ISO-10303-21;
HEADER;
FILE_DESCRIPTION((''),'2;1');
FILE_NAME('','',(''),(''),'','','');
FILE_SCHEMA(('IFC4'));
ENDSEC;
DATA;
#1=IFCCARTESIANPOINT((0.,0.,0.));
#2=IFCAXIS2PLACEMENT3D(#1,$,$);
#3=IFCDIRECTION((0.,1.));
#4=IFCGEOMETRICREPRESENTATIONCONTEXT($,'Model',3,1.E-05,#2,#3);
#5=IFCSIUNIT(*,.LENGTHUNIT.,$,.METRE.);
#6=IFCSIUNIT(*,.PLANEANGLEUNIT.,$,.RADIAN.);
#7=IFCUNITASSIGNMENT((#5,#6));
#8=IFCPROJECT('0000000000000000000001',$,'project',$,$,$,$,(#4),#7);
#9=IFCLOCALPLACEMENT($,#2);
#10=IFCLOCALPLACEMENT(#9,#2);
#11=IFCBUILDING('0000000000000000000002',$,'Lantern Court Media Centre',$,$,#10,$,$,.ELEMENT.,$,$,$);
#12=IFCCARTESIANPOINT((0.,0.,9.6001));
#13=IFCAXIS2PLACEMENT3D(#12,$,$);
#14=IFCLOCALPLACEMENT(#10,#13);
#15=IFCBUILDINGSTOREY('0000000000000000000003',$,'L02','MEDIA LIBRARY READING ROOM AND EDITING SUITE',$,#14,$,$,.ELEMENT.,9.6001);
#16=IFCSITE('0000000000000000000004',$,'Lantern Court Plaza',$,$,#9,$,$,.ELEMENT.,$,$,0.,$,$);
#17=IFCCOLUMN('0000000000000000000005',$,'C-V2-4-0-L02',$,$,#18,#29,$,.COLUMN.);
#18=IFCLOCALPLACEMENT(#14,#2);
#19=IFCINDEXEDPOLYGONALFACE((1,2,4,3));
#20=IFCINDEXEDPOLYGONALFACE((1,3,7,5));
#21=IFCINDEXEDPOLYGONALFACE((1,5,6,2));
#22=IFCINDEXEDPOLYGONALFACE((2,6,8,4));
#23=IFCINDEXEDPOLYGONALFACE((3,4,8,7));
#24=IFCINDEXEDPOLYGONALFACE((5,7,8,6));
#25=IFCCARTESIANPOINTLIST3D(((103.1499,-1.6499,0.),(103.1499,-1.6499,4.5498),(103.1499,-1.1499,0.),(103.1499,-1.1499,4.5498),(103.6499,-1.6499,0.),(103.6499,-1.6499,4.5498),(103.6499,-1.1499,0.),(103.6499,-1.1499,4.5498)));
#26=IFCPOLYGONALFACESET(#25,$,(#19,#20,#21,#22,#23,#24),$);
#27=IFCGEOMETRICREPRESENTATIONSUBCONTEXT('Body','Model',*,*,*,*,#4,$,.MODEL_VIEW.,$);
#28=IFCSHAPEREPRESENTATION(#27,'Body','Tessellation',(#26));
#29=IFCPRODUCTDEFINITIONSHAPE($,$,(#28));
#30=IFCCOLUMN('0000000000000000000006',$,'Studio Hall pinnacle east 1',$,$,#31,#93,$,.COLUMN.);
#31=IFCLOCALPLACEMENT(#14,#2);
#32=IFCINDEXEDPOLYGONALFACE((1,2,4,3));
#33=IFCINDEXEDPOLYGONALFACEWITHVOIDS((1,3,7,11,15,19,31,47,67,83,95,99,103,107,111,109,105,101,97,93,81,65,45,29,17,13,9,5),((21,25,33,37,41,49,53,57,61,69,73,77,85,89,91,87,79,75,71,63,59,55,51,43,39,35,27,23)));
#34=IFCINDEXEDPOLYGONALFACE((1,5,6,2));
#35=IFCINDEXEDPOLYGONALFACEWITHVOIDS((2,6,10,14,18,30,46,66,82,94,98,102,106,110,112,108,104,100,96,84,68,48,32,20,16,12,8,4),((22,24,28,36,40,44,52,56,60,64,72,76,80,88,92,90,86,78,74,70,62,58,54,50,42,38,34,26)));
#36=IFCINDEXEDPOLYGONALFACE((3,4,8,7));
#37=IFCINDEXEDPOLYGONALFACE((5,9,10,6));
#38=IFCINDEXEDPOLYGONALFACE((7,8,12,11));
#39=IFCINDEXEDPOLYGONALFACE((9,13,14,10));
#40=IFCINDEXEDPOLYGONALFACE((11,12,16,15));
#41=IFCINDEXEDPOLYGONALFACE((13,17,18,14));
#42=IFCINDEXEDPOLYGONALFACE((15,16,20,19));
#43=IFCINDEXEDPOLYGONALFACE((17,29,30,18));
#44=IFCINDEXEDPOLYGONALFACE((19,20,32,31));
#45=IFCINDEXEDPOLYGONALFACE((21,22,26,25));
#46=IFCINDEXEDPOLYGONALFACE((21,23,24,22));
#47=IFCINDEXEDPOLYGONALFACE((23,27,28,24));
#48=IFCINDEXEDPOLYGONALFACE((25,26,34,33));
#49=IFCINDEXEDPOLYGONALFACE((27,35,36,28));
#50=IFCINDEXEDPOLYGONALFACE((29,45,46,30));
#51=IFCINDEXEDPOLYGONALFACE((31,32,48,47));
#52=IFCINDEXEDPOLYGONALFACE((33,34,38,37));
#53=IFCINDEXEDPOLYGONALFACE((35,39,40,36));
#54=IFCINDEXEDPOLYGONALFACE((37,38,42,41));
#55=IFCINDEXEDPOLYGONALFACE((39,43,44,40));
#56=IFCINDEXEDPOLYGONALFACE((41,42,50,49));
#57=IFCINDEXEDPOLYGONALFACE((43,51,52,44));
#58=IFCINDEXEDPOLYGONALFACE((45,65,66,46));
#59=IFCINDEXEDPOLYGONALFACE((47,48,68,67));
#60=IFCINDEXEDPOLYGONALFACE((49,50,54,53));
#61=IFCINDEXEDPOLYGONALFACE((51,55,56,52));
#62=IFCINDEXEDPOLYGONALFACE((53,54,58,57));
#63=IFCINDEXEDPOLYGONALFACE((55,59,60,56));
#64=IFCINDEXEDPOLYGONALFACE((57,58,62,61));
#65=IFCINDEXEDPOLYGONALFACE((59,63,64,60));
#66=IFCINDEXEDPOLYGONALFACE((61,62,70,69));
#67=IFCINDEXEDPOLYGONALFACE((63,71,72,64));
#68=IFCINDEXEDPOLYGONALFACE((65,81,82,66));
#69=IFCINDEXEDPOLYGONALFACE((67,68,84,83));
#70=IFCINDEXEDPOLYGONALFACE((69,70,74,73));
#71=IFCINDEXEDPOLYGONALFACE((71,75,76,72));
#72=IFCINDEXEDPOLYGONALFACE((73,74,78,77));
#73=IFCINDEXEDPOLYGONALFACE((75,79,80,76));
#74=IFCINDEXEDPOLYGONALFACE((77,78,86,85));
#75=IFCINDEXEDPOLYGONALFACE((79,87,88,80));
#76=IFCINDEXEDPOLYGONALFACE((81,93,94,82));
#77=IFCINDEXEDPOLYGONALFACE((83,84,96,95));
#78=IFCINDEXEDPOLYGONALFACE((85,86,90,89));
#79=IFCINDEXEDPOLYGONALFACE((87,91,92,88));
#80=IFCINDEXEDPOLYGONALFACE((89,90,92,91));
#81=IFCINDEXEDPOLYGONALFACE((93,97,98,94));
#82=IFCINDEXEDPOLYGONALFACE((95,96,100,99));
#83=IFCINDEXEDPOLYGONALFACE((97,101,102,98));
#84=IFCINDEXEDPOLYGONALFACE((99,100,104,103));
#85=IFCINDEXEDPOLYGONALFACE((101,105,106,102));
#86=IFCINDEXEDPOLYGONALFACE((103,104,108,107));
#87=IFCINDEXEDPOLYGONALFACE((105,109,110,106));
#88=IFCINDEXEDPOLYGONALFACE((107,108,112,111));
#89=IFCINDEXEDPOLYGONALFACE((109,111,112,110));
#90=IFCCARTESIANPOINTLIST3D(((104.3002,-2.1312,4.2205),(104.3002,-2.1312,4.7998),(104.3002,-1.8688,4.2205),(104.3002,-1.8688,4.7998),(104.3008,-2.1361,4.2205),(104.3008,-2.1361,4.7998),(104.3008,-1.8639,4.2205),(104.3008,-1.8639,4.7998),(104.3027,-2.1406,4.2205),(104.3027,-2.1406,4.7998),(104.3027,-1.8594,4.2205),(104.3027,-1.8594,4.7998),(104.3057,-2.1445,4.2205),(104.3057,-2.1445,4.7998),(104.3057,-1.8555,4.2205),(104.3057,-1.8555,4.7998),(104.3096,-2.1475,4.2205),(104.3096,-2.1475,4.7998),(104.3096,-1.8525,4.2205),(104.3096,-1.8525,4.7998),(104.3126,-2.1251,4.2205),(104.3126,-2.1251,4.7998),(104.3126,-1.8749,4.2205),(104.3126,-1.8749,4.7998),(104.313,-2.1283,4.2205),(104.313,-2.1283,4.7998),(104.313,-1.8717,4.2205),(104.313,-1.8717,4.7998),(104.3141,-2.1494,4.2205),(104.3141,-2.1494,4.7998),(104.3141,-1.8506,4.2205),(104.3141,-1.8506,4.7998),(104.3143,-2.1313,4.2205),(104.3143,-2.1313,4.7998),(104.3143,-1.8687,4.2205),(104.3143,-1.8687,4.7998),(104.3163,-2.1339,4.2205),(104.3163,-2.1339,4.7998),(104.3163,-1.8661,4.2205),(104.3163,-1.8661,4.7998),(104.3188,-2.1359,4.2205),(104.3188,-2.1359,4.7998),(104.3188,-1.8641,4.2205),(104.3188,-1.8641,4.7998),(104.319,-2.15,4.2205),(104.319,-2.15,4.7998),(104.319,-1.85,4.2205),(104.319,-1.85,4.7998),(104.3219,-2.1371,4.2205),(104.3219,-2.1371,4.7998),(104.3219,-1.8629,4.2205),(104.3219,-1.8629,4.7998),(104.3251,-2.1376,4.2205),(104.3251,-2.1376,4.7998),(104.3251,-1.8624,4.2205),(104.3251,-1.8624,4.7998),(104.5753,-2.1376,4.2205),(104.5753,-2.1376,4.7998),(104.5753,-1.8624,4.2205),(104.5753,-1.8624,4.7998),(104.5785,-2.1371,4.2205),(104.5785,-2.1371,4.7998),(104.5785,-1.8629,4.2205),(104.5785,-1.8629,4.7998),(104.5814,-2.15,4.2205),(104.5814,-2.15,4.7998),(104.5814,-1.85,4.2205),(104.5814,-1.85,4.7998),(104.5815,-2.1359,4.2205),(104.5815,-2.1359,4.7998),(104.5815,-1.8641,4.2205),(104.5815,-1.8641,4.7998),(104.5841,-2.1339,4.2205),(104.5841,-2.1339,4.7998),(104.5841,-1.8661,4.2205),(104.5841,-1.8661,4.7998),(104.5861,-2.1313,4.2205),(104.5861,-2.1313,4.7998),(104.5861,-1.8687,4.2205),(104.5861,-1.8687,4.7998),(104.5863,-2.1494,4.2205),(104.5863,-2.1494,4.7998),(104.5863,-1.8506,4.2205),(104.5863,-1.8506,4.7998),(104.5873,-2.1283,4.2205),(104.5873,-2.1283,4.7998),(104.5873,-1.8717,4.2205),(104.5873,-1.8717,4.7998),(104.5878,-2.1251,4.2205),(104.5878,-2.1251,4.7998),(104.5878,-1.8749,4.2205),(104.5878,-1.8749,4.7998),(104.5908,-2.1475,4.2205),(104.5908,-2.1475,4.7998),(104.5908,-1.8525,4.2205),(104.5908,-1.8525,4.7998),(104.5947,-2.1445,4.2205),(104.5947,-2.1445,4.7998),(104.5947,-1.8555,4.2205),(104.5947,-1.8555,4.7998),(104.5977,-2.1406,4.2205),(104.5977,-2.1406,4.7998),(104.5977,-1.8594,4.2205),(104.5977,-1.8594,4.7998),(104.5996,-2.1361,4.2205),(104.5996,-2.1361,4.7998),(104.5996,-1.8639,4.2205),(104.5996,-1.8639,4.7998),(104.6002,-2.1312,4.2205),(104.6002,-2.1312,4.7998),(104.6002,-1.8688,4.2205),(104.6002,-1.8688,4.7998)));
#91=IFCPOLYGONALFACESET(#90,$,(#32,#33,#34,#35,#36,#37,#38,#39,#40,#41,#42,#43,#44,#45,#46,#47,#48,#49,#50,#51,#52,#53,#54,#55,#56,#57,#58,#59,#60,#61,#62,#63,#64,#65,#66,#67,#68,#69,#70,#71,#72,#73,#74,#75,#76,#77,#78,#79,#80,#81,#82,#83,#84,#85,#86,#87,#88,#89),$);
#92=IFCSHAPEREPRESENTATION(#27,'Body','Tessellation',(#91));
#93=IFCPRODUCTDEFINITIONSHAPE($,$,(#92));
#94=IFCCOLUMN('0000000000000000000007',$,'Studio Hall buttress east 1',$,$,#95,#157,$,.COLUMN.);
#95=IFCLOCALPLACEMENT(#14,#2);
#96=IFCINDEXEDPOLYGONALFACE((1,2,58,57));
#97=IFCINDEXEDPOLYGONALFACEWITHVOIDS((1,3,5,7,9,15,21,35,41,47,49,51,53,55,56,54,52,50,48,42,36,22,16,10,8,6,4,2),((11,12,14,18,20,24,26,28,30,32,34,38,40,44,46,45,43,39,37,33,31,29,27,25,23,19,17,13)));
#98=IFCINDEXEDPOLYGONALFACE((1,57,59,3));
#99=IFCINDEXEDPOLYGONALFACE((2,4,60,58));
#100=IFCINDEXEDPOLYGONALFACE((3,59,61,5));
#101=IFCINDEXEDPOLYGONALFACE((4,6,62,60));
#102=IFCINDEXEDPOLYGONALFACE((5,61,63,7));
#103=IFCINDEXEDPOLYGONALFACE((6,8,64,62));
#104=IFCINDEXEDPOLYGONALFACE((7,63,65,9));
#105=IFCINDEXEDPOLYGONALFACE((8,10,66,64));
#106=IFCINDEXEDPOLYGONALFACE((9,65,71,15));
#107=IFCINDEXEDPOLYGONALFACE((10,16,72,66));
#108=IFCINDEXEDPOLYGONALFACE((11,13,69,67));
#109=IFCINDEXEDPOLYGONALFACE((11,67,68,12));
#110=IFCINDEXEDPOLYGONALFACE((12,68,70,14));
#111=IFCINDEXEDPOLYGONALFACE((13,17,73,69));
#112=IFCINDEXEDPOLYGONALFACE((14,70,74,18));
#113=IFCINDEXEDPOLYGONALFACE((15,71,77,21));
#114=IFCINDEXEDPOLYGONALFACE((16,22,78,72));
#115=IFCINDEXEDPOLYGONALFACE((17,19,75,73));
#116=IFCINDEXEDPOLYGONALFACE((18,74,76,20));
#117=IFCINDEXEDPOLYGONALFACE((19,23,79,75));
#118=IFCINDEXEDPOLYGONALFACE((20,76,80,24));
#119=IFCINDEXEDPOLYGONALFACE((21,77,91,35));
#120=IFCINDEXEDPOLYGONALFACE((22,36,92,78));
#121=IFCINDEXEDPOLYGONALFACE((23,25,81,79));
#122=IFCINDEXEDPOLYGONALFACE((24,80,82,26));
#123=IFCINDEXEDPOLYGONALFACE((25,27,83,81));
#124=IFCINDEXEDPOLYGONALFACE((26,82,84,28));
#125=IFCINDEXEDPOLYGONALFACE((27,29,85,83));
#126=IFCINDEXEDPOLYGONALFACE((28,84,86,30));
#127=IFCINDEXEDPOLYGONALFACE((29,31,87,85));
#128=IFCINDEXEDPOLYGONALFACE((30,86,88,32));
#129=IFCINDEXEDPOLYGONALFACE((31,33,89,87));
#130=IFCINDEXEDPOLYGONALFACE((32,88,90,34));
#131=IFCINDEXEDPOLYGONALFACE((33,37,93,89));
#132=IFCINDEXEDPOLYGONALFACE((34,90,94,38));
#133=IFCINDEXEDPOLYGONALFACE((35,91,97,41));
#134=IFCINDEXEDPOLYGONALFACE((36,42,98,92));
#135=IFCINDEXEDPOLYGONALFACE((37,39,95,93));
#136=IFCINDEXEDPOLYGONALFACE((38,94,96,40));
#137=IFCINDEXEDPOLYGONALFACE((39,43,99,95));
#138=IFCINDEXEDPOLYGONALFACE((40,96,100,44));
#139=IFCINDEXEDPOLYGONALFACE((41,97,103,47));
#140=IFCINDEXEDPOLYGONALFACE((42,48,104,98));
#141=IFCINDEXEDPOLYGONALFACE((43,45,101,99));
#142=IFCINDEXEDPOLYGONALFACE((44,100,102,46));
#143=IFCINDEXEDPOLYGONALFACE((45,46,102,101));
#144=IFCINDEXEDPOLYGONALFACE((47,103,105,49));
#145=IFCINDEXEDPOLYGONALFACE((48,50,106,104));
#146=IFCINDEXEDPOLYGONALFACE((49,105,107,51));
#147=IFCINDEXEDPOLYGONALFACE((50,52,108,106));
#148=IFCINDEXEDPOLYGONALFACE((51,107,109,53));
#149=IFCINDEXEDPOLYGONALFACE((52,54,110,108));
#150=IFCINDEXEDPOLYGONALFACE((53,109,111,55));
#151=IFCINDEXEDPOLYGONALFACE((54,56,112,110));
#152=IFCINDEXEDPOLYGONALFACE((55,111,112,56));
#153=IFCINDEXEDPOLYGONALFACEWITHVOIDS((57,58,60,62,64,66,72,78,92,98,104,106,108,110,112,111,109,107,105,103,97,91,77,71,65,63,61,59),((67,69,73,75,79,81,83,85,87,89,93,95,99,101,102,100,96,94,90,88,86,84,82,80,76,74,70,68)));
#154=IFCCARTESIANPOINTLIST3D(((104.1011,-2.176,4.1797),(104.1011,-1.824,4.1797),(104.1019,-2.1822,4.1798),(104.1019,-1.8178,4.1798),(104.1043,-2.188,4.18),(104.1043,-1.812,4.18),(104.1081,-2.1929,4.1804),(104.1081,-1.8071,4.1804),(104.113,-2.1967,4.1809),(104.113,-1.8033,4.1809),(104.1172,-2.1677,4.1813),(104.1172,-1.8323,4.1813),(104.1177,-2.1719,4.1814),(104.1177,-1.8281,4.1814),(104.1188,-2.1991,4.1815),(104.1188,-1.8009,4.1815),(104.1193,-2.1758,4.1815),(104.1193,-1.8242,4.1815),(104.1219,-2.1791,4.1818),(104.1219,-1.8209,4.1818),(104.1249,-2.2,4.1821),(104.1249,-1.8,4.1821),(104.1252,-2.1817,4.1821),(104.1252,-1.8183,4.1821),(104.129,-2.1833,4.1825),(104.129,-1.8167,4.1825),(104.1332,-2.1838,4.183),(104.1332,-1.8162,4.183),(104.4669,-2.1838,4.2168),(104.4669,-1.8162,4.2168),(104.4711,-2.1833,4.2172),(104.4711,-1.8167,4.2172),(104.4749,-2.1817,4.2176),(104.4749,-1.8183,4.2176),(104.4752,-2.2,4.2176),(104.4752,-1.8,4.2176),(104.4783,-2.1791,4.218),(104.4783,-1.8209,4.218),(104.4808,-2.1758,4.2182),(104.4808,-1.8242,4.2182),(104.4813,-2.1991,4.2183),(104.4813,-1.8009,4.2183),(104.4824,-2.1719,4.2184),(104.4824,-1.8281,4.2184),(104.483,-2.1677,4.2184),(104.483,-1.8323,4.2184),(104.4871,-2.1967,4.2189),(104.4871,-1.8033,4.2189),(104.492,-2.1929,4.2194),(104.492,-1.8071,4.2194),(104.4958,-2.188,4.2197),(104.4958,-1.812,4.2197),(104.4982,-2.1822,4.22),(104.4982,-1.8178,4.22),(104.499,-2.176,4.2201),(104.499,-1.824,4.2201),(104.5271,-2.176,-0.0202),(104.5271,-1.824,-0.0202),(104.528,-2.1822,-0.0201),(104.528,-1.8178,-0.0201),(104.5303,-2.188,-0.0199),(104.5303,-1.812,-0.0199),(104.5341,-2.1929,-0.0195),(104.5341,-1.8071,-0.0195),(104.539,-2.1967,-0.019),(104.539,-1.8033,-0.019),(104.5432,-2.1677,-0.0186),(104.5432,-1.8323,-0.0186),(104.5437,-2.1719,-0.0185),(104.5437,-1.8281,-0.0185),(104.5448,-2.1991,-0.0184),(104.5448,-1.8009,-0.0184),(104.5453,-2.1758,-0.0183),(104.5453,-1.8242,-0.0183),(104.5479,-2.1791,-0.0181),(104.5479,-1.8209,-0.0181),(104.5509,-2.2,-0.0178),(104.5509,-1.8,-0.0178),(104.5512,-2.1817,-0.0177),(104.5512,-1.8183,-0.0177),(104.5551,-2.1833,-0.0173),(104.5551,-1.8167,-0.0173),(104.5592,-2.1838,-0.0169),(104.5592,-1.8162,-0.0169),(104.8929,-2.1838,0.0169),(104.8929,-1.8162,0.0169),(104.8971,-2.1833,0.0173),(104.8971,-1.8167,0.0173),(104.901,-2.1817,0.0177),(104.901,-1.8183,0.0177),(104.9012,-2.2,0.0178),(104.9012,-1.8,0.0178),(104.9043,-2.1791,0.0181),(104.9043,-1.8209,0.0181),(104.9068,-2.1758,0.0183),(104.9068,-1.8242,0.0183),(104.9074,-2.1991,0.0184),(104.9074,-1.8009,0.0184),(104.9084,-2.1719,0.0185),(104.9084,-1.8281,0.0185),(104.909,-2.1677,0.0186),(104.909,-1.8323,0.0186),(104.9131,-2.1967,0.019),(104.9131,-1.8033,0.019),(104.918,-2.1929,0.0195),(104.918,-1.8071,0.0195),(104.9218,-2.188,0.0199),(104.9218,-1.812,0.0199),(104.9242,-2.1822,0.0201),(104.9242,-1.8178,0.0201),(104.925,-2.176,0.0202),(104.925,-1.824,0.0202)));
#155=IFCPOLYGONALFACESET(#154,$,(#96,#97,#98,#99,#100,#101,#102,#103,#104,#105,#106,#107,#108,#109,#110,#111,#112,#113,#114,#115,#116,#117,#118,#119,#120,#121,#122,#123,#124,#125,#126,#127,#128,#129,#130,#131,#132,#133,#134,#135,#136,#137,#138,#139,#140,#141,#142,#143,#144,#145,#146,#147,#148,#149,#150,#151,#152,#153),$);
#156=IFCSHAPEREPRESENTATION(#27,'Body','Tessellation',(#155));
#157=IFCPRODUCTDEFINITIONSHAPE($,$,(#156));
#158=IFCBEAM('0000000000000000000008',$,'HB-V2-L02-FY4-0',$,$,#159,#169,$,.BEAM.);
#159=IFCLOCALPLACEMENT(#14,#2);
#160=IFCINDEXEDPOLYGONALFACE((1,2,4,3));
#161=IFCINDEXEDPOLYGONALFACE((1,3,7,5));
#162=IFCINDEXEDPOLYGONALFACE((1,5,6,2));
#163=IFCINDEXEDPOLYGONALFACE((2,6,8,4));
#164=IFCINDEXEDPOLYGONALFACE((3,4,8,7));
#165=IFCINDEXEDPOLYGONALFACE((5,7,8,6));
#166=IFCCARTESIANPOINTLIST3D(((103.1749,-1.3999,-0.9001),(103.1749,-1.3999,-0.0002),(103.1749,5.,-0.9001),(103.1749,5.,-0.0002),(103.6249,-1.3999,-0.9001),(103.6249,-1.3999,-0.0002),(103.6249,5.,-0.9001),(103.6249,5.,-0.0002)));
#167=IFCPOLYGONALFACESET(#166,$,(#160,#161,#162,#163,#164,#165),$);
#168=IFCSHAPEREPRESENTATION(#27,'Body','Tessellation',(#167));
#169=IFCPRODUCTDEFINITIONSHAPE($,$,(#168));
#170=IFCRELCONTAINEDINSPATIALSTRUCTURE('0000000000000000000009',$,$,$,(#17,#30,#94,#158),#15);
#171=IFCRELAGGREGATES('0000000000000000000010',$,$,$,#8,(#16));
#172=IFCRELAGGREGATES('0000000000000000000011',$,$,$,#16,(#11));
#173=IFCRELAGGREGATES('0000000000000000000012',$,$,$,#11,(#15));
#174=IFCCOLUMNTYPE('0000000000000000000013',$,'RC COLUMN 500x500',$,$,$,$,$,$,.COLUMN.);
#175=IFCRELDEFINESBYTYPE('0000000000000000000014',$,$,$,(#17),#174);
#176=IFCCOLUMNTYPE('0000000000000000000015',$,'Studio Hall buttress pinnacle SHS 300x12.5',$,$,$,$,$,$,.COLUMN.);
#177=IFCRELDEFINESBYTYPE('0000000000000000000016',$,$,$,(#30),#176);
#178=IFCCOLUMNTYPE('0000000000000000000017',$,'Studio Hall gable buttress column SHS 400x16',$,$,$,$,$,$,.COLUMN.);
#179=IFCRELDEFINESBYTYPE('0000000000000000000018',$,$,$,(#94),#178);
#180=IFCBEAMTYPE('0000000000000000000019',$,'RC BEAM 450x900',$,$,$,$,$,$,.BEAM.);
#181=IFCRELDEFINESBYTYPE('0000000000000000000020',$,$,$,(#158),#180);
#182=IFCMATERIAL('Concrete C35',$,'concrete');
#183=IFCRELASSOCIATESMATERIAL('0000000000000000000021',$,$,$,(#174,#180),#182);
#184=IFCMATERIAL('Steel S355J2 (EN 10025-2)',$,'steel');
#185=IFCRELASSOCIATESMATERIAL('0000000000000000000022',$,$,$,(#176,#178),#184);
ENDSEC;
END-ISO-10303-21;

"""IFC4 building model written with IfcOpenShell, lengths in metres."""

from ifc_helpers import new_model, si_unit, direction, frame, origin, origin_2d, place, context, subcontext, project, spatial, rectangle, hollow_rectangle, extrude, material, material_profile, profile_set, type_object, element, save


model = new_model("IFC4")

# Units and contexts
model_context = context("Model", 3, precision=1e-05, world=origin(), true_north=direction((0.0, 1.0)))
body_context = subcontext(model_context, "Body", "Model", "MODEL_VIEW")
ifc_project = project(units=[si_unit("LENGTHUNIT", "METRE"), si_unit("PLANEANGLEUNIT", "RADIAN")], contexts=[model_context])

# Site, building, storey
site_placement = place(None, origin())
site = spatial("IfcSite", under=ifc_project, at=site_placement, Name="Lantern Court Plaza", CompositionType="ELEMENT", RefElevation=0.0)
building_placement = place(site_placement, origin())
building = spatial("IfcBuilding", under=site, at=building_placement, Name="Lantern Court Media Centre", CompositionType="ELEMENT")
storey_placement = place(building_placement, frame((0.0, 0.0, 9.6001)))
storey = spatial("IfcBuildingStorey", under=building, at=storey_placement, Name="L02", Description="MEDIA LIBRARY READING ROOM AND EDITING SUITE", CompositionType="ELEMENT", Elevation=9.6001)

# Columns
ifc_material_1 = material(Name="Concrete C35", Category="concrete")
ifc_material_profile_1 = material_profile(ifc_material_1, rectangle(XDim=0.5, YDim=0.5, at=origin_2d()), Name="RC 500x500")
ifc_profile_set_1 = profile_set([ifc_material_profile_1], Name="Concrete C35")
column_type_1 = type_object("IfcColumnType", Name="RC COLUMN 500x500", PredefinedType="COLUMN", material=ifc_profile_set_1)
column_1_placement = place(storey_placement, frame((103.3999, -1.3999, 0.0), z_axis=(0.0, 0.0, 1.0), x_axis=(1.0, 0.0, 0.0)))
element("IfcColumn", 1, at=column_1_placement, inside=storey, type_object=column_type_1, Name="C-V2-4-0-L02", PredefinedType="COLUMN", context=body_context, shape_type="SweptSolid", body=[
    extrude(rectangle(XDim=0.5, YDim=0.5, at=origin_2d()), origin(), (0.0, 0.0, 1.0), 4.5498),
])
ifc_material_2 = material(Name="Steel S355J2 (EN 10025-2)", Category="steel")
ifc_material_profile_2 = material_profile(ifc_material_2, hollow_rectangle(XDim=0.3, YDim=0.3, WallThickness=0.0125, InnerFilletRadius=0.0125, OuterFilletRadius=0.0188, at=origin_2d()), Name="Studio Hall buttress pinnacle SHS 300x12.5")
ifc_profile_set_2 = profile_set([ifc_material_profile_2], Name="Steel S355J2 (EN 10025-2)")
column_type_2 = type_object("IfcColumnType", Name="Studio Hall buttress pinnacle SHS 300x12.5", PredefinedType="COLUMN", material=ifc_profile_set_2)
column_2_placement = place(storey_placement, frame((104.4502, -2.0, 4.2205), z_axis=(0.0, 0.0, 1.0), x_axis=(1.0, 0.0, 0.0)))
element("IfcColumn", 2, at=column_2_placement, inside=storey, type_object=column_type_2, Name="Studio Hall pinnacle east 1", PredefinedType="COLUMN", context=body_context, shape_type="SweptSolid", body=[
    extrude(hollow_rectangle(XDim=0.3, YDim=0.3, WallThickness=0.0125, InnerFilletRadius=0.0125, OuterFilletRadius=0.0188, at=origin_2d()), origin(), (0.0, 0.0, 1.0), 0.5793),
])
ifc_material_profile_3 = material_profile(ifc_material_2, hollow_rectangle(XDim=0.3999, YDim=0.3999, WallThickness=0.0161, InnerFilletRadius=0.0161, OuterFilletRadius=0.0239, at=origin_2d()), Name="Studio Hall gable buttress column SHS 400x16")
ifc_profile_set_3 = profile_set([ifc_material_profile_3], Name="Steel S355J2 (EN 10025-2)")
column_type_3 = type_object("IfcColumnType", Name="Studio Hall gable buttress column SHS 400x16", PredefinedType="COLUMN", material=ifc_profile_set_3)
column_3_placement = place(storey_placement, frame((104.7261, -2.0, 0.0), z_axis=(-0.100918, 0.0, 0.994895), x_axis=(0.0, -1.0, 0.0)))
element("IfcColumn", 3, at=column_3_placement, inside=storey, type_object=column_type_3, Name="Studio Hall buttress east 1", PredefinedType="COLUMN", context=body_context, shape_type="SweptSolid", body=[
    extrude(hollow_rectangle(XDim=0.3999, YDim=0.3999, WallThickness=0.0161, InnerFilletRadius=0.0161, OuterFilletRadius=0.0239, at=origin_2d()), origin(), (0.0, 0.0, 1.0), 4.2214),
])

# Beam
ifc_material_profile_4 = material_profile(ifc_material_1, rectangle(XDim=0.45, YDim=0.8999, at=origin_2d()), Name="RC 450x900")
ifc_profile_set_4 = profile_set([ifc_material_profile_4], Name="Concrete C35")
beam_type_1 = type_object("IfcBeamType", Name="RC BEAM 450x900", PredefinedType="BEAM", material=ifc_profile_set_4)
beam_1_placement = place(storey_placement, frame((103.3999, -1.3999, -0.4502), z_axis=(0.0, 1.0, 0.0), x_axis=(-1.0, 0.0, 0.0)))
element("IfcBeam", 4, at=beam_1_placement, inside=storey, type_object=beam_type_1, Name="HB-V2-L02-FY4-0", PredefinedType="BEAM", context=body_context, shape_type="SweptSolid", body=[
    extrude(rectangle(XDim=0.45, YDim=0.8999, at=origin_2d()), origin(), (0.0, 0.0, 1.0), 6.3999),
])

save(model, "model.ifc")
